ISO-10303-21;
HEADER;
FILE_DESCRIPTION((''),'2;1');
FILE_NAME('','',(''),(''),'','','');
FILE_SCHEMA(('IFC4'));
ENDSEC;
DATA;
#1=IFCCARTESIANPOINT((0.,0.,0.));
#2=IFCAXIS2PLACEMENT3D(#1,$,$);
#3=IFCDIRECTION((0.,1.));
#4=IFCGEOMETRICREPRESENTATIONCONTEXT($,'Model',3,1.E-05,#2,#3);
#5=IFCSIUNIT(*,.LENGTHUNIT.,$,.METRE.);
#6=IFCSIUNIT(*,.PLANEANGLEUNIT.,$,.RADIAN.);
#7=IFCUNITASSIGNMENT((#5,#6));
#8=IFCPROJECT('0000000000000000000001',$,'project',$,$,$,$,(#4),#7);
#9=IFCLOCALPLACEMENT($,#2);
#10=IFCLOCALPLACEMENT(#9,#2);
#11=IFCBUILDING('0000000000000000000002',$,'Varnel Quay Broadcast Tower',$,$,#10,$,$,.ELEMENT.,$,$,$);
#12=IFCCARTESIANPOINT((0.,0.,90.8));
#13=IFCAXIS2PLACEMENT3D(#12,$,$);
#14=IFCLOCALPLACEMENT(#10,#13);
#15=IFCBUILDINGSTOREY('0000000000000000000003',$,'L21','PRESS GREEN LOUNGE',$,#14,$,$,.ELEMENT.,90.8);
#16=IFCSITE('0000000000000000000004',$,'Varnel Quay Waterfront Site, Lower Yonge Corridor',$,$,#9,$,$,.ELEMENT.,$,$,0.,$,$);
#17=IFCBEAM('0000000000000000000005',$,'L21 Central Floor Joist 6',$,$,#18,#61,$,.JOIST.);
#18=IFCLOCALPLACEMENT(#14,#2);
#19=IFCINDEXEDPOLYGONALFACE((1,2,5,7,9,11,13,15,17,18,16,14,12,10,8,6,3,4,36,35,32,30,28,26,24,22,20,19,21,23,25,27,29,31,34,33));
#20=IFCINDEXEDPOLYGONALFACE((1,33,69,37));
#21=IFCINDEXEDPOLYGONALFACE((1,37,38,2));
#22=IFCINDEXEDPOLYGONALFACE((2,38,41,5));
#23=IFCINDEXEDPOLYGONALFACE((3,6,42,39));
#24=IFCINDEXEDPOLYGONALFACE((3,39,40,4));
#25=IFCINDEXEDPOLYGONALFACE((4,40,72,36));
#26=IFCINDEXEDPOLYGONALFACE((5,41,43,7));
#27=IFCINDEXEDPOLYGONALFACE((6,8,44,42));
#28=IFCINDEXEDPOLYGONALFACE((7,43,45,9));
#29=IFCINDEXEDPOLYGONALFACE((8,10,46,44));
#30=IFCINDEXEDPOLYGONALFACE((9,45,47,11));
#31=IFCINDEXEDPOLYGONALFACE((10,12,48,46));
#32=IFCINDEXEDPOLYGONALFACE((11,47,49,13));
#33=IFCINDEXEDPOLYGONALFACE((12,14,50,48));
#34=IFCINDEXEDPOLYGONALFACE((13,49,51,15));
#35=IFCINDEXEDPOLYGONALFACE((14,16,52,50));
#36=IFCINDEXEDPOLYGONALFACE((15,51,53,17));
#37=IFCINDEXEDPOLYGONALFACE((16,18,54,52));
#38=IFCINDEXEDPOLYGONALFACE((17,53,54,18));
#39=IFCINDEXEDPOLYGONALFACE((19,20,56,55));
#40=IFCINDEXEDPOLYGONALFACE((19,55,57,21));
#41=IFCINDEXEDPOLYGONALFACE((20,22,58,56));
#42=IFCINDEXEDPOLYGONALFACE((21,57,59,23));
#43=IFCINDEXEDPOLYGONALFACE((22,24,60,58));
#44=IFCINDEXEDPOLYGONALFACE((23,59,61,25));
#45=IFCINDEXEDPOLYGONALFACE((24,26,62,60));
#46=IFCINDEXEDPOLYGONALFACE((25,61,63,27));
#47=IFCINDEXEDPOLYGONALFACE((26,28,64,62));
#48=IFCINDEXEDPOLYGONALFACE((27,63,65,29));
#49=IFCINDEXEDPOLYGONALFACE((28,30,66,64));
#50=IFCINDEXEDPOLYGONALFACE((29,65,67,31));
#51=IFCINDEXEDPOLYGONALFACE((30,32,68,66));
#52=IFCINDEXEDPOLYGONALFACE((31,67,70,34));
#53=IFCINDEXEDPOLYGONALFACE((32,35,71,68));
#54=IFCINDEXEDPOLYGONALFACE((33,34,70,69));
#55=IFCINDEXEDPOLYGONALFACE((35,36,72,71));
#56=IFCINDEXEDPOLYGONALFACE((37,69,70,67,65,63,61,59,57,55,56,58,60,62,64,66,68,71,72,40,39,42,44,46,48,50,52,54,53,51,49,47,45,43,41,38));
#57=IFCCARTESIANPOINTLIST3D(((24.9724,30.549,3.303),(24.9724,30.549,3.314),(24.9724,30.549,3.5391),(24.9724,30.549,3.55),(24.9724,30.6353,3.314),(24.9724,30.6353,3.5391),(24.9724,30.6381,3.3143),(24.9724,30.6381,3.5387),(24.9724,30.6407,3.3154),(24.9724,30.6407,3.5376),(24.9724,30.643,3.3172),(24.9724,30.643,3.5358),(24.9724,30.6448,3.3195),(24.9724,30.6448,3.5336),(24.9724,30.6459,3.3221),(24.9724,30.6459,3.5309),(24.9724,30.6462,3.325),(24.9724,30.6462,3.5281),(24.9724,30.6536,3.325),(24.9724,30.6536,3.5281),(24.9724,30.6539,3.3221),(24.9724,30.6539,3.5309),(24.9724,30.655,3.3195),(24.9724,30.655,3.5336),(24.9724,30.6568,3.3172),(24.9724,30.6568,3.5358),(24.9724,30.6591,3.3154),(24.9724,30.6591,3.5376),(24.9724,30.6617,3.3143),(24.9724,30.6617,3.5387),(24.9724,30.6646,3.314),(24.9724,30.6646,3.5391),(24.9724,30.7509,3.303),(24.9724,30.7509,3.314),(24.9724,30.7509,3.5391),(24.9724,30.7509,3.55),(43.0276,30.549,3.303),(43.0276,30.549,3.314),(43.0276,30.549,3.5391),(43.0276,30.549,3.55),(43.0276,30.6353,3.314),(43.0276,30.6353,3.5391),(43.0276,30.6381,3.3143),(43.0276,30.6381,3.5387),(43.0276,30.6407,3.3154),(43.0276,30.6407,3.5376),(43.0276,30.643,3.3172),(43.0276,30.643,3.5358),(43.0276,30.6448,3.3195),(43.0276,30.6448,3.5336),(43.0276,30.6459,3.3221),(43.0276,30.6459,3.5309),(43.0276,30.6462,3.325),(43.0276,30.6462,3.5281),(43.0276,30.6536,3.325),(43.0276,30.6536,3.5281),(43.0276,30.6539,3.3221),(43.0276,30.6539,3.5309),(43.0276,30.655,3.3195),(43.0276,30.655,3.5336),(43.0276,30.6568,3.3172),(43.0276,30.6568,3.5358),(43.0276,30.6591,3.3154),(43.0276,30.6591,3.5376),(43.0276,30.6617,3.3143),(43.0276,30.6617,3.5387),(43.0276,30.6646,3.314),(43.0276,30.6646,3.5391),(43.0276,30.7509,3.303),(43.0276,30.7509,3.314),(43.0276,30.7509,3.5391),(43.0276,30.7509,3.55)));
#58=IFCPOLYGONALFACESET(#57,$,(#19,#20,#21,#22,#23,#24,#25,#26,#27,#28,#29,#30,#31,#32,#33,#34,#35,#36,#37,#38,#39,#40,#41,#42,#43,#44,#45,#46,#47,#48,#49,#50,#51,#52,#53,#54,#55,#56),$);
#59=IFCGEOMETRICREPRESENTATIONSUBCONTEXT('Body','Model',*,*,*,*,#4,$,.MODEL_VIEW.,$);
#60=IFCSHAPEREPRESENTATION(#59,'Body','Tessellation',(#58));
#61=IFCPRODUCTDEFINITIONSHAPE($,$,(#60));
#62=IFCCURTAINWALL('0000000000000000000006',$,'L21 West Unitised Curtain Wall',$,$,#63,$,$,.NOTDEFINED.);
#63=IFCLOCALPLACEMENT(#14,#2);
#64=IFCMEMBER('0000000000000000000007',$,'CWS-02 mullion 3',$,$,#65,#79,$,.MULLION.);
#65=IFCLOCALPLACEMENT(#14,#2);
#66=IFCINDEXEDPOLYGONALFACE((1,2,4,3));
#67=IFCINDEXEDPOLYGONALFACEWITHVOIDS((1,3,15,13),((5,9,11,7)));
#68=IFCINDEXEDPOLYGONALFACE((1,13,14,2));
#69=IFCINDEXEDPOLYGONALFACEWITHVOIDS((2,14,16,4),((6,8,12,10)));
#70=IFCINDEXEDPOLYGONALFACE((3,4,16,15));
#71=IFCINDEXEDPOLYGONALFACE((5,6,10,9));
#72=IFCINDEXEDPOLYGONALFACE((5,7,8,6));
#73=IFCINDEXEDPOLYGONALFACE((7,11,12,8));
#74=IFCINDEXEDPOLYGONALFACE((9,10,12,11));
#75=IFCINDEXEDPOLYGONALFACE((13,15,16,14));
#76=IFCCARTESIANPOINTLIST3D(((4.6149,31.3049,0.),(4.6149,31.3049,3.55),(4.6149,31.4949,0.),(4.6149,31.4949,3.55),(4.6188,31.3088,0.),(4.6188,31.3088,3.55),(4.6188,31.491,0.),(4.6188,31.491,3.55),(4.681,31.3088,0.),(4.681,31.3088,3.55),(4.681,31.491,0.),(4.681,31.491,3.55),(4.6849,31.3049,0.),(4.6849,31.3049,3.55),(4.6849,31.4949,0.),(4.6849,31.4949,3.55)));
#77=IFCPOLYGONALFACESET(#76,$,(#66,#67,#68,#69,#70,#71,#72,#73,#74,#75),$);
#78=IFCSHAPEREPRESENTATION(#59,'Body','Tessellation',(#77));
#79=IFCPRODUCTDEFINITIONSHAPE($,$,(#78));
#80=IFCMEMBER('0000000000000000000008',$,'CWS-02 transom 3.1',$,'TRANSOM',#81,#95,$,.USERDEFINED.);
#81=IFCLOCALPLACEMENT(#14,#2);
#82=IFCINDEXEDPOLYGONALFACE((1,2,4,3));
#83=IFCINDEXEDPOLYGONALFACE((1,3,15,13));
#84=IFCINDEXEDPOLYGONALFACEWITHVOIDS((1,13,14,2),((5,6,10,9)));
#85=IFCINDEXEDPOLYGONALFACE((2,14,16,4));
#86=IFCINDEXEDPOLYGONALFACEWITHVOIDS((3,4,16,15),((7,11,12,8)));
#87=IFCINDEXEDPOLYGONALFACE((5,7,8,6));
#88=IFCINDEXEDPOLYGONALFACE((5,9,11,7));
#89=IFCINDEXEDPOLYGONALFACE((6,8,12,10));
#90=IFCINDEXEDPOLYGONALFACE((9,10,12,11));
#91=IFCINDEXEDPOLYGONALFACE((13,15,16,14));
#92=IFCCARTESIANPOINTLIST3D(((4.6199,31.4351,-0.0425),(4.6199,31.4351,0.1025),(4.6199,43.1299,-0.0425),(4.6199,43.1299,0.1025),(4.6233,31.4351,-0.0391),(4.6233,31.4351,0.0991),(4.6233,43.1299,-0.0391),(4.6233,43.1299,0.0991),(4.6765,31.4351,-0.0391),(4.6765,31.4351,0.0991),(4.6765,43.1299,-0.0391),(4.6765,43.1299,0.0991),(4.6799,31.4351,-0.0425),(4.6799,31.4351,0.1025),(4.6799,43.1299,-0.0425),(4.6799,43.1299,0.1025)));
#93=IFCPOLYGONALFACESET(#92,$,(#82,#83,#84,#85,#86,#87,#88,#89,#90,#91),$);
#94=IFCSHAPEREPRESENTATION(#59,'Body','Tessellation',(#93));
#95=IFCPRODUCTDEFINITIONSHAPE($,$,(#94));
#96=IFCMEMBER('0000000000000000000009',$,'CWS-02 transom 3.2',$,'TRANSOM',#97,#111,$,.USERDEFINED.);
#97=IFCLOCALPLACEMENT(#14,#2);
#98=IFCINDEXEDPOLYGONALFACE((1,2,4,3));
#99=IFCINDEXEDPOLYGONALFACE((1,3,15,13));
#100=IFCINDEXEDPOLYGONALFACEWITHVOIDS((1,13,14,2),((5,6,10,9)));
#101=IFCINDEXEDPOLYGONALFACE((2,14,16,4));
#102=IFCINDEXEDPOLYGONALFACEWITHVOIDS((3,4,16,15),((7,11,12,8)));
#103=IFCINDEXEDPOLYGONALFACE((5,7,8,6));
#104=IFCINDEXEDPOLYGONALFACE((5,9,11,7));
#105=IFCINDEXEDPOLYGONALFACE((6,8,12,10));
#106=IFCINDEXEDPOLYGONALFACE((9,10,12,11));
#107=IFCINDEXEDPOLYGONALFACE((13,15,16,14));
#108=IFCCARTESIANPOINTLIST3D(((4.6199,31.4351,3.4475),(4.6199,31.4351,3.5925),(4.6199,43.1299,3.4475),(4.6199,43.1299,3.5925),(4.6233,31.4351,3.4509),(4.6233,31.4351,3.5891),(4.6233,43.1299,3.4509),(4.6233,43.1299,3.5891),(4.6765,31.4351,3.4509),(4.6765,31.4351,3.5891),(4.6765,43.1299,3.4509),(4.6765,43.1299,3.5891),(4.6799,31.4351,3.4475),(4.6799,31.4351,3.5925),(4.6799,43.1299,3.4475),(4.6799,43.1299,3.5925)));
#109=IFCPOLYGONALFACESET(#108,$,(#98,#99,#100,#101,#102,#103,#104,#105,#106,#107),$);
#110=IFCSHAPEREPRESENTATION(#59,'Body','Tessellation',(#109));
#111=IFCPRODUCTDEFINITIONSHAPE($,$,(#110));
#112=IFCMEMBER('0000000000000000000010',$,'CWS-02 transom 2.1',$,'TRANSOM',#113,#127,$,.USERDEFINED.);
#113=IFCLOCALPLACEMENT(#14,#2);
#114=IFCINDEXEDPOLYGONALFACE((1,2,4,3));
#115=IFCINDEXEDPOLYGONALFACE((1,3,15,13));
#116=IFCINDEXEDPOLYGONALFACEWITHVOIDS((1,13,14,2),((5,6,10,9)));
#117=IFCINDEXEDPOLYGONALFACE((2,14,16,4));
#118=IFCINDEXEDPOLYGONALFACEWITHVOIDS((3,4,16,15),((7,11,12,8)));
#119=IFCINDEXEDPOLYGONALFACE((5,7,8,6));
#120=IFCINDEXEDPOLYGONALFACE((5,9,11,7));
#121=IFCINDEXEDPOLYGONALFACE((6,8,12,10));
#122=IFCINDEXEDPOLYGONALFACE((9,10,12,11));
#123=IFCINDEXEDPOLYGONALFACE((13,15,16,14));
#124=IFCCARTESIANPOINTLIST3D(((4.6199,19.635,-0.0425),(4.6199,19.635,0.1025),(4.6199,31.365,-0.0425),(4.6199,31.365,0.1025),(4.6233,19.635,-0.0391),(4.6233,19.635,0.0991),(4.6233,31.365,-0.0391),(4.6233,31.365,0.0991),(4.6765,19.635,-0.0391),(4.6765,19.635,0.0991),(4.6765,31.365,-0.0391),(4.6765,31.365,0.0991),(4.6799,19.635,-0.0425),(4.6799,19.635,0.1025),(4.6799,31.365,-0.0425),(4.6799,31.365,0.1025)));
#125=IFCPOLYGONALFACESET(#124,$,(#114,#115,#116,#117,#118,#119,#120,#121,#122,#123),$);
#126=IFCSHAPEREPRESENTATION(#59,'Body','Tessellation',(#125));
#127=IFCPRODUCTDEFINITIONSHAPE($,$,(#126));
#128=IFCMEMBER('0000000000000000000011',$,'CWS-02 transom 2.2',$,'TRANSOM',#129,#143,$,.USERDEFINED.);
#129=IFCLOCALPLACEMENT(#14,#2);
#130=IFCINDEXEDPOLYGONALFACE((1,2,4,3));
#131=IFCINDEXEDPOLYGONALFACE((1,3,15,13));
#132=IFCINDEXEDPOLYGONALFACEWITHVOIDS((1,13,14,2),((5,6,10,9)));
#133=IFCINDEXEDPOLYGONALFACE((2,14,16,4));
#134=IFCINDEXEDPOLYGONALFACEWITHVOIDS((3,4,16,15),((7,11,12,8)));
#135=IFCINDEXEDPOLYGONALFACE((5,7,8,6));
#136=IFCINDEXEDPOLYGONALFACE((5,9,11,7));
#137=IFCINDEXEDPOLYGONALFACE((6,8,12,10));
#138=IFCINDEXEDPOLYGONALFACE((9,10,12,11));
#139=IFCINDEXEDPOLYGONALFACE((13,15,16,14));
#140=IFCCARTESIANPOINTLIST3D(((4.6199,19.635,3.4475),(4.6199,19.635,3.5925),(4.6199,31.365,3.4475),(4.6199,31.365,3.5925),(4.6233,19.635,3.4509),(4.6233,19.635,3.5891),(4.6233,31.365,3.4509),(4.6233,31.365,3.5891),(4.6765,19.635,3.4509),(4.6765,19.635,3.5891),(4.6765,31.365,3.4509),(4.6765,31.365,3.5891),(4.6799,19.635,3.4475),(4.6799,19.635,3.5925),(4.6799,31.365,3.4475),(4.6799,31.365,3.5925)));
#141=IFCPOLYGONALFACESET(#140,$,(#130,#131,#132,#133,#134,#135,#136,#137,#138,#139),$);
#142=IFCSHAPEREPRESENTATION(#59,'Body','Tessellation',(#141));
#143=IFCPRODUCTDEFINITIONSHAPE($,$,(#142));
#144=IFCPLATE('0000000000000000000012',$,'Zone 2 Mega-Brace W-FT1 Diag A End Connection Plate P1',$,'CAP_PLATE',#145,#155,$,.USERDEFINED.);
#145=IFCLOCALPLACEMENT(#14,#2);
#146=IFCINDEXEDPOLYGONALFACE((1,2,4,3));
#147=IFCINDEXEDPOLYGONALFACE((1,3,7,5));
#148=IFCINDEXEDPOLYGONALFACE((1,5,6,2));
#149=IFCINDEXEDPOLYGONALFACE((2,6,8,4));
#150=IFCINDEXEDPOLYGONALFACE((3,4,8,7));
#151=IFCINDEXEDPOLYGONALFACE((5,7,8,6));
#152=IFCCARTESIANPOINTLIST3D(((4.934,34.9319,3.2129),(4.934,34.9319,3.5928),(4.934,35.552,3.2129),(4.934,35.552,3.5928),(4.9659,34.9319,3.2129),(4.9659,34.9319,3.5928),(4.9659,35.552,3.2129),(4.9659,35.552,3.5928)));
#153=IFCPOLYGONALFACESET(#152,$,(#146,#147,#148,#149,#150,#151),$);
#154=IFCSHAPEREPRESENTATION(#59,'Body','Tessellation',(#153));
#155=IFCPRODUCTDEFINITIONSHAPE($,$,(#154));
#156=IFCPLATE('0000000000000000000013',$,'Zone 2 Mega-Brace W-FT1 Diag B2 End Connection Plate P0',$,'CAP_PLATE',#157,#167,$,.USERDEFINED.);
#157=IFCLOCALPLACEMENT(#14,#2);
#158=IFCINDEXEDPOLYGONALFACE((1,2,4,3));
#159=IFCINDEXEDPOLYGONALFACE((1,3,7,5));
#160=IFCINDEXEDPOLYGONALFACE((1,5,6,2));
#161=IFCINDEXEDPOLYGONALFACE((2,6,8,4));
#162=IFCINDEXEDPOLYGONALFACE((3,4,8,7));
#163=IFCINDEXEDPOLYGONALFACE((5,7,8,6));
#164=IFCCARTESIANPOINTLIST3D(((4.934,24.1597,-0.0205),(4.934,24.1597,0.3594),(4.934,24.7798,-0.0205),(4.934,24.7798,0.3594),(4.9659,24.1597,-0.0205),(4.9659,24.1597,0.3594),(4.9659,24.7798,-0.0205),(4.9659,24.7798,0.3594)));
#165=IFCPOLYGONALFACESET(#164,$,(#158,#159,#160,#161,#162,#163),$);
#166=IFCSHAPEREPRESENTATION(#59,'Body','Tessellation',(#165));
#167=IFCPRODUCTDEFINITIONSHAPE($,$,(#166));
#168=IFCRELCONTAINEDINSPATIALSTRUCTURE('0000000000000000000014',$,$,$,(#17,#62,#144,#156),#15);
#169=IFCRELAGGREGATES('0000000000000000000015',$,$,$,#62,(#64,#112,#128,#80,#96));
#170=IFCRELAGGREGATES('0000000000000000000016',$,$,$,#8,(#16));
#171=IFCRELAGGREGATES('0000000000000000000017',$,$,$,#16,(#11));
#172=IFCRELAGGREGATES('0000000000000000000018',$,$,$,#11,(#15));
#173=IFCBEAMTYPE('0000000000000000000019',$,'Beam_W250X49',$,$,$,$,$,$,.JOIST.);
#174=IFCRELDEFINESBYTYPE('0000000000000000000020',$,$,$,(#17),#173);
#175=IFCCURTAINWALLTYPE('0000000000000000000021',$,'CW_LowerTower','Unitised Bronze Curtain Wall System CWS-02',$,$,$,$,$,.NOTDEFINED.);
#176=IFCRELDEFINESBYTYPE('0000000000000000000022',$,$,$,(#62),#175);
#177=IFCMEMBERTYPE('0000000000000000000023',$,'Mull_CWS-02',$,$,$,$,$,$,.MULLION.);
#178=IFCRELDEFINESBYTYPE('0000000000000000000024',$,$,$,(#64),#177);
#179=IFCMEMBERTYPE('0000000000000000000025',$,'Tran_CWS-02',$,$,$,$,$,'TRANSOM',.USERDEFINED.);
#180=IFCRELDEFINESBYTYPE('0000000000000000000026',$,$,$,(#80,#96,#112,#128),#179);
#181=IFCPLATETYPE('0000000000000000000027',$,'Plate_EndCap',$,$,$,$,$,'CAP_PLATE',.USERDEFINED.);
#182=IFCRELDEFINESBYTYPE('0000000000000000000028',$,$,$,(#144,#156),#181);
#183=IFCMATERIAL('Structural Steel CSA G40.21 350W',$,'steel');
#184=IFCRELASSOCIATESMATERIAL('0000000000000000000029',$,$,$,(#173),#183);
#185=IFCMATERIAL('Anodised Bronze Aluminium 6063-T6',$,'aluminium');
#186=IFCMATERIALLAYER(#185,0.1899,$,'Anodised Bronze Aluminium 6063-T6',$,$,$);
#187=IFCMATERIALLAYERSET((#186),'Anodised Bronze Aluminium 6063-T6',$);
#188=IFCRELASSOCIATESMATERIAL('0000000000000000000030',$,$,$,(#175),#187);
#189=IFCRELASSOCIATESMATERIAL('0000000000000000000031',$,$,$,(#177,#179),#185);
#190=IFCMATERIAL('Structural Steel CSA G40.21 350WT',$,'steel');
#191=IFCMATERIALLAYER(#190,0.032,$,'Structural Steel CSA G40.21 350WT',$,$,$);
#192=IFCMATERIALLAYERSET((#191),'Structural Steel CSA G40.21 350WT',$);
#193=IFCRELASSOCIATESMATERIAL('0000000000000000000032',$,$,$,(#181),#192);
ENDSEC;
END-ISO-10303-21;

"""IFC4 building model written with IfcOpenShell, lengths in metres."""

from ifc_helpers import new_model, si_unit, direction, frame, origin, origin_2d, place, context, subcontext, project, spatial, rectangle, hollow_rectangle, i_section, extrude, source, transform, mapped, material, layer, layer_set, material_profile, profile_set, type_object, type_shapes, element, aggregate, save


model = new_model("IFC4")

# Units and contexts
model_context = context("Model", 3, precision=1e-05, world=origin(), true_north=direction((0.0, 1.0)))
body_context = subcontext(model_context, "Body", "Model", "MODEL_VIEW")
ifc_project = project(units=[si_unit("LENGTHUNIT", "METRE"), si_unit("PLANEANGLEUNIT", "RADIAN")], contexts=[model_context])

# Site, building, storey
site_placement = place(None, origin())
site = spatial("IfcSite", under=ifc_project, at=site_placement, Name="Varnel Quay Waterfront Site, Lower Yonge Corridor", CompositionType="ELEMENT", RefElevation=0.0)
building_placement = place(site_placement, origin())
building = spatial("IfcBuilding", under=site, at=building_placement, Name="Varnel Quay Broadcast Tower", CompositionType="ELEMENT")
storey_placement = place(building_placement, frame((0.0, 0.0, 90.8)))
storey = spatial("IfcBuildingStorey", under=building, at=storey_placement, Name="L21", Description="PRESS GREEN LOUNGE", CompositionType="ELEMENT", Elevation=90.8)

# Shared definitions
ifc_material_1 = material(Name="Structural Steel CSA G40.21 350WT", Category="steel")
ifc_material_2 = material(Name="Structural Steel CSA G40.21 350W", Category="steel")

# Beam
ifc_material_profile_1 = material_profile(ifc_material_2, i_section(OverallWidth=0.2019, OverallDepth=0.2471, WebThickness=0.0073, FlangeThickness=0.011, FilletRadius=0.011, at=origin_2d()), Name="W250X49")
ifc_profile_set_1 = profile_set([ifc_material_profile_1], Name="Structural Steel CSA G40.21 350W")
beam_type_1 = type_object("IfcBeamType", Name="Beam_W250X49", PredefinedType="JOIST", material=ifc_profile_set_1)
shared_shape_1 = source(origin(), body_context, "Body", "SweptSolid", [
    extrude(i_section(OverallWidth=0.2019, OverallDepth=0.2471, WebThickness=0.0073, FlangeThickness=0.011, FilletRadius=0.011, at=origin_2d()), origin(), (0.0, 0.0, 1.0), 18.0552),
])
for number, where, z_axis, x_axis, name in (
    (1, (24.9724, 30.6499, 3.4265), (1.0, 0.0, 0.0), (0.0, 1.0, 0.0), "L21 Central Floor Joist 6"),
):
    element("IfcBeam", number, at=place(storey_placement, frame(where, z_axis=z_axis, x_axis=x_axis)), inside=storey, type_object=beam_type_1, Name=name, PredefinedType="JOIST", context=body_context, shape_type="MappedRepresentation", body=[
        mapped(shared_shape_1, transform((0.0, 0.0, 0.0), x_axis=(1.0, 0.0, 0.0), y_axis=(0.0, 1.0, 0.0), z_axis=(0.0, 0.0, 1.0), scale=1.0)),
    ])

# Curtain wall, members
ifc_material_3 = material(Name="Anodised Bronze Aluminium 6063-T6", Category="aluminium")
ifc_layer_1 = layer(ifc_material_3, 0.1899, Name="Anodised Bronze Aluminium 6063-T6")
ifc_layer_set_1 = layer_set([ifc_layer_1], Name="Anodised Bronze Aluminium 6063-T6")
curtain_wall_type = type_object("IfcCurtainWallType", Name="CW_LowerTower", Description="Unitised Bronze Curtain Wall System CWS-02", PredefinedType="NOTDEFINED", material=ifc_layer_set_1)
curtain_wall_placement = place(storey_placement, origin())
curtain_wall = element("IfcCurtainWall", 2, at=curtain_wall_placement, inside=storey, type_object=curtain_wall_type, Name="L21 West Unitised Curtain Wall", PredefinedType="NOTDEFINED")
ifc_material_profile_2 = material_profile(ifc_material_3, hollow_rectangle(XDim=0.0701, YDim=0.1899, WallThickness=0.0039, at=origin_2d()), Name="ALU70X190X4")
ifc_profile_set_2 = profile_set([ifc_material_profile_2], Name="Anodised Bronze Aluminium 6063-T6")
member_type_1 = type_object("IfcMemberType", Name="Mull_CWS-02", PredefinedType="MULLION", material=ifc_profile_set_2)
shared_shape_2 = source(origin(), body_context, "Body", "SweptSolid", [
    extrude(hollow_rectangle(XDim=0.0701, YDim=0.1899, WallThickness=0.0039, at=origin_2d()), origin(), (0.0, 0.0, 1.0), 3.55),
])
type_shapes(member_type_1, [shared_shape_2])
member_1_placement = place(storey_placement, frame((4.6499, 31.3999, 0.0), z_axis=(0.0, 0.0, 1.0), x_axis=(-1.0, 0.0, 0.0)))
member_1 = element("IfcMember", 3, at=member_1_placement, type_object=member_type_1, Name="CWS-02 mullion 3", PredefinedType="MULLION", context=body_context, shape_type="MappedRepresentation", body=[
    mapped(shared_shape_2, transform((0.0, 0.0, 0.0), x_axis=(1.0, 0.0, 0.0), y_axis=(0.0, 1.0, 0.0), z_axis=(0.0, 0.0, 1.0), scale=1.0)),
])
ifc_material_profile_3 = material_profile(ifc_material_3, hollow_rectangle(XDim=0.0601, YDim=0.145, WallThickness=0.0034, at=origin_2d()), Name="ALU60X145X3.5")
ifc_profile_set_3 = profile_set([ifc_material_profile_3], Name="Anodised Bronze Aluminium 6063-T6")
member_type_2 = type_object("IfcMemberType", Name="Tran_CWS-02", ElementType="TRANSOM", PredefinedType="USERDEFINED", material=ifc_profile_set_3)
shared_shape_3 = source(origin(), body_context, "Body", "SweptSolid", [
    extrude(hollow_rectangle(XDim=0.0601, YDim=0.145, WallThickness=0.0034, at=origin_2d()), origin(), (0.0, 0.0, 1.0), 11.6948),
])
member_2_placement = place(storey_placement, frame((4.6499, 31.4351, 0.03), z_axis=(0.0, 1.0, 0.0), x_axis=(-1.0, 0.0, 0.0)))
member_2 = element("IfcMember", 4, at=member_2_placement, type_object=member_type_2, Name="CWS-02 transom 3.1", ObjectType="TRANSOM", PredefinedType="USERDEFINED", context=body_context, shape_type="MappedRepresentation", body=[
    mapped(shared_shape_3, transform((0.0, 0.0, 0.0), x_axis=(1.0, 0.0, 0.0), y_axis=(0.0, 1.0, 0.0), z_axis=(0.0, 0.0, 1.0), scale=1.0)),
])
member_3_placement = place(storey_placement, frame((4.6499, 31.4351, 3.52), z_axis=(0.0, 1.0, 0.0), x_axis=(-1.0, 0.0, 0.0)))
member_3 = element("IfcMember", 5, at=member_3_placement, type_object=member_type_2, Name="CWS-02 transom 3.2", ObjectType="TRANSOM", PredefinedType="USERDEFINED", context=body_context, shape_type="MappedRepresentation", body=[
    mapped(shared_shape_3, transform((0.0, 0.0, 0.0), x_axis=(1.0, 0.0, 0.0), y_axis=(0.0, 1.0, 0.0), z_axis=(0.0, 0.0, 1.0), scale=1.0)),
])
shared_shape_4 = source(origin(), body_context, "Body", "SweptSolid", [
    extrude(hollow_rectangle(XDim=0.0601, YDim=0.145, WallThickness=0.0034, at=origin_2d()), origin(), (0.0, 0.0, 1.0), 11.73),
])
type_shapes(member_type_2, [shared_shape_3, shared_shape_4])
member_4_placement = place(storey_placement, frame((4.6499, 19.635, 0.03), z_axis=(0.0, 1.0, 0.0), x_axis=(-1.0, 0.0, 0.0)))
member_4 = element("IfcMember", 6, at=member_4_placement, type_object=member_type_2, Name="CWS-02 transom 2.1", ObjectType="TRANSOM", PredefinedType="USERDEFINED", context=body_context, shape_type="MappedRepresentation", body=[
    mapped(shared_shape_4, transform((0.0, 0.0, 0.0), x_axis=(1.0, 0.0, 0.0), y_axis=(0.0, 1.0, 0.0), z_axis=(0.0, 0.0, 1.0), scale=1.0)),
])
member_5_placement = place(storey_placement, frame((4.6499, 19.635, 3.52), z_axis=(0.0, 1.0, 0.0), x_axis=(-1.0, 0.0, 0.0)))
member_5 = element("IfcMember", 7, at=member_5_placement, type_object=member_type_2, Name="CWS-02 transom 2.2", ObjectType="TRANSOM", PredefinedType="USERDEFINED", context=body_context, shape_type="MappedRepresentation", body=[
    mapped(shared_shape_4, transform((0.0, 0.0, 0.0), x_axis=(1.0, 0.0, 0.0), y_axis=(0.0, 1.0, 0.0), z_axis=(0.0, 0.0, 1.0), scale=1.0)),
])

# Plates
ifc_layer_2 = layer(ifc_material_1, 0.032, Name="Structural Steel CSA G40.21 350WT")
ifc_layer_set_2 = layer_set([ifc_layer_2], Name="Structural Steel CSA G40.21 350WT")
plate_type_1 = type_object("IfcPlateType", Name="Plate_EndCap", ElementType="CAP_PLATE", PredefinedType="USERDEFINED", material=ifc_layer_set_2)
shared_shape_5 = source(origin(), body_context, "Body", "SweptSolid", [
    extrude(rectangle(XDim=0.6201, YDim=0.032, at=origin_2d()), origin(), (0.0, 0.0, 1.0), 0.3799),
])
type_shapes(plate_type_1, [shared_shape_5])
for number, where, z_axis, x_axis, name in (
    (8, (4.95, 35.2419, 3.2129), (0.0, 0.0, 1.0), (0.0, 1.0, 0.0), "Zone 2 Mega-Brace W-FT1 Diag A End Connection Plate P1"),
    (9, (4.95, 24.4697, -0.0205), (0.0, 0.0, 1.0), (0.0, 1.0, 0.0), "Zone 2 Mega-Brace W-FT1 Diag B2 End Connection Plate P0"),
):
    element("IfcPlate", number, at=place(storey_placement, frame(where, z_axis=z_axis, x_axis=x_axis)), inside=storey, type_object=plate_type_1, Name=name, ObjectType="CAP_PLATE", PredefinedType="USERDEFINED", context=body_context, shape_type="MappedRepresentation", body=[
        mapped(shared_shape_5, transform((0.0, 0.0, 0.0), x_axis=(1.0, 0.0, 0.0), y_axis=(0.0, 1.0, 0.0), z_axis=(0.0, 0.0, 1.0), scale=1.0)),
    ])

aggregate(curtain_wall, [member_1, member_4, member_5, member_2, member_3])

save(model, "model.ifc")
